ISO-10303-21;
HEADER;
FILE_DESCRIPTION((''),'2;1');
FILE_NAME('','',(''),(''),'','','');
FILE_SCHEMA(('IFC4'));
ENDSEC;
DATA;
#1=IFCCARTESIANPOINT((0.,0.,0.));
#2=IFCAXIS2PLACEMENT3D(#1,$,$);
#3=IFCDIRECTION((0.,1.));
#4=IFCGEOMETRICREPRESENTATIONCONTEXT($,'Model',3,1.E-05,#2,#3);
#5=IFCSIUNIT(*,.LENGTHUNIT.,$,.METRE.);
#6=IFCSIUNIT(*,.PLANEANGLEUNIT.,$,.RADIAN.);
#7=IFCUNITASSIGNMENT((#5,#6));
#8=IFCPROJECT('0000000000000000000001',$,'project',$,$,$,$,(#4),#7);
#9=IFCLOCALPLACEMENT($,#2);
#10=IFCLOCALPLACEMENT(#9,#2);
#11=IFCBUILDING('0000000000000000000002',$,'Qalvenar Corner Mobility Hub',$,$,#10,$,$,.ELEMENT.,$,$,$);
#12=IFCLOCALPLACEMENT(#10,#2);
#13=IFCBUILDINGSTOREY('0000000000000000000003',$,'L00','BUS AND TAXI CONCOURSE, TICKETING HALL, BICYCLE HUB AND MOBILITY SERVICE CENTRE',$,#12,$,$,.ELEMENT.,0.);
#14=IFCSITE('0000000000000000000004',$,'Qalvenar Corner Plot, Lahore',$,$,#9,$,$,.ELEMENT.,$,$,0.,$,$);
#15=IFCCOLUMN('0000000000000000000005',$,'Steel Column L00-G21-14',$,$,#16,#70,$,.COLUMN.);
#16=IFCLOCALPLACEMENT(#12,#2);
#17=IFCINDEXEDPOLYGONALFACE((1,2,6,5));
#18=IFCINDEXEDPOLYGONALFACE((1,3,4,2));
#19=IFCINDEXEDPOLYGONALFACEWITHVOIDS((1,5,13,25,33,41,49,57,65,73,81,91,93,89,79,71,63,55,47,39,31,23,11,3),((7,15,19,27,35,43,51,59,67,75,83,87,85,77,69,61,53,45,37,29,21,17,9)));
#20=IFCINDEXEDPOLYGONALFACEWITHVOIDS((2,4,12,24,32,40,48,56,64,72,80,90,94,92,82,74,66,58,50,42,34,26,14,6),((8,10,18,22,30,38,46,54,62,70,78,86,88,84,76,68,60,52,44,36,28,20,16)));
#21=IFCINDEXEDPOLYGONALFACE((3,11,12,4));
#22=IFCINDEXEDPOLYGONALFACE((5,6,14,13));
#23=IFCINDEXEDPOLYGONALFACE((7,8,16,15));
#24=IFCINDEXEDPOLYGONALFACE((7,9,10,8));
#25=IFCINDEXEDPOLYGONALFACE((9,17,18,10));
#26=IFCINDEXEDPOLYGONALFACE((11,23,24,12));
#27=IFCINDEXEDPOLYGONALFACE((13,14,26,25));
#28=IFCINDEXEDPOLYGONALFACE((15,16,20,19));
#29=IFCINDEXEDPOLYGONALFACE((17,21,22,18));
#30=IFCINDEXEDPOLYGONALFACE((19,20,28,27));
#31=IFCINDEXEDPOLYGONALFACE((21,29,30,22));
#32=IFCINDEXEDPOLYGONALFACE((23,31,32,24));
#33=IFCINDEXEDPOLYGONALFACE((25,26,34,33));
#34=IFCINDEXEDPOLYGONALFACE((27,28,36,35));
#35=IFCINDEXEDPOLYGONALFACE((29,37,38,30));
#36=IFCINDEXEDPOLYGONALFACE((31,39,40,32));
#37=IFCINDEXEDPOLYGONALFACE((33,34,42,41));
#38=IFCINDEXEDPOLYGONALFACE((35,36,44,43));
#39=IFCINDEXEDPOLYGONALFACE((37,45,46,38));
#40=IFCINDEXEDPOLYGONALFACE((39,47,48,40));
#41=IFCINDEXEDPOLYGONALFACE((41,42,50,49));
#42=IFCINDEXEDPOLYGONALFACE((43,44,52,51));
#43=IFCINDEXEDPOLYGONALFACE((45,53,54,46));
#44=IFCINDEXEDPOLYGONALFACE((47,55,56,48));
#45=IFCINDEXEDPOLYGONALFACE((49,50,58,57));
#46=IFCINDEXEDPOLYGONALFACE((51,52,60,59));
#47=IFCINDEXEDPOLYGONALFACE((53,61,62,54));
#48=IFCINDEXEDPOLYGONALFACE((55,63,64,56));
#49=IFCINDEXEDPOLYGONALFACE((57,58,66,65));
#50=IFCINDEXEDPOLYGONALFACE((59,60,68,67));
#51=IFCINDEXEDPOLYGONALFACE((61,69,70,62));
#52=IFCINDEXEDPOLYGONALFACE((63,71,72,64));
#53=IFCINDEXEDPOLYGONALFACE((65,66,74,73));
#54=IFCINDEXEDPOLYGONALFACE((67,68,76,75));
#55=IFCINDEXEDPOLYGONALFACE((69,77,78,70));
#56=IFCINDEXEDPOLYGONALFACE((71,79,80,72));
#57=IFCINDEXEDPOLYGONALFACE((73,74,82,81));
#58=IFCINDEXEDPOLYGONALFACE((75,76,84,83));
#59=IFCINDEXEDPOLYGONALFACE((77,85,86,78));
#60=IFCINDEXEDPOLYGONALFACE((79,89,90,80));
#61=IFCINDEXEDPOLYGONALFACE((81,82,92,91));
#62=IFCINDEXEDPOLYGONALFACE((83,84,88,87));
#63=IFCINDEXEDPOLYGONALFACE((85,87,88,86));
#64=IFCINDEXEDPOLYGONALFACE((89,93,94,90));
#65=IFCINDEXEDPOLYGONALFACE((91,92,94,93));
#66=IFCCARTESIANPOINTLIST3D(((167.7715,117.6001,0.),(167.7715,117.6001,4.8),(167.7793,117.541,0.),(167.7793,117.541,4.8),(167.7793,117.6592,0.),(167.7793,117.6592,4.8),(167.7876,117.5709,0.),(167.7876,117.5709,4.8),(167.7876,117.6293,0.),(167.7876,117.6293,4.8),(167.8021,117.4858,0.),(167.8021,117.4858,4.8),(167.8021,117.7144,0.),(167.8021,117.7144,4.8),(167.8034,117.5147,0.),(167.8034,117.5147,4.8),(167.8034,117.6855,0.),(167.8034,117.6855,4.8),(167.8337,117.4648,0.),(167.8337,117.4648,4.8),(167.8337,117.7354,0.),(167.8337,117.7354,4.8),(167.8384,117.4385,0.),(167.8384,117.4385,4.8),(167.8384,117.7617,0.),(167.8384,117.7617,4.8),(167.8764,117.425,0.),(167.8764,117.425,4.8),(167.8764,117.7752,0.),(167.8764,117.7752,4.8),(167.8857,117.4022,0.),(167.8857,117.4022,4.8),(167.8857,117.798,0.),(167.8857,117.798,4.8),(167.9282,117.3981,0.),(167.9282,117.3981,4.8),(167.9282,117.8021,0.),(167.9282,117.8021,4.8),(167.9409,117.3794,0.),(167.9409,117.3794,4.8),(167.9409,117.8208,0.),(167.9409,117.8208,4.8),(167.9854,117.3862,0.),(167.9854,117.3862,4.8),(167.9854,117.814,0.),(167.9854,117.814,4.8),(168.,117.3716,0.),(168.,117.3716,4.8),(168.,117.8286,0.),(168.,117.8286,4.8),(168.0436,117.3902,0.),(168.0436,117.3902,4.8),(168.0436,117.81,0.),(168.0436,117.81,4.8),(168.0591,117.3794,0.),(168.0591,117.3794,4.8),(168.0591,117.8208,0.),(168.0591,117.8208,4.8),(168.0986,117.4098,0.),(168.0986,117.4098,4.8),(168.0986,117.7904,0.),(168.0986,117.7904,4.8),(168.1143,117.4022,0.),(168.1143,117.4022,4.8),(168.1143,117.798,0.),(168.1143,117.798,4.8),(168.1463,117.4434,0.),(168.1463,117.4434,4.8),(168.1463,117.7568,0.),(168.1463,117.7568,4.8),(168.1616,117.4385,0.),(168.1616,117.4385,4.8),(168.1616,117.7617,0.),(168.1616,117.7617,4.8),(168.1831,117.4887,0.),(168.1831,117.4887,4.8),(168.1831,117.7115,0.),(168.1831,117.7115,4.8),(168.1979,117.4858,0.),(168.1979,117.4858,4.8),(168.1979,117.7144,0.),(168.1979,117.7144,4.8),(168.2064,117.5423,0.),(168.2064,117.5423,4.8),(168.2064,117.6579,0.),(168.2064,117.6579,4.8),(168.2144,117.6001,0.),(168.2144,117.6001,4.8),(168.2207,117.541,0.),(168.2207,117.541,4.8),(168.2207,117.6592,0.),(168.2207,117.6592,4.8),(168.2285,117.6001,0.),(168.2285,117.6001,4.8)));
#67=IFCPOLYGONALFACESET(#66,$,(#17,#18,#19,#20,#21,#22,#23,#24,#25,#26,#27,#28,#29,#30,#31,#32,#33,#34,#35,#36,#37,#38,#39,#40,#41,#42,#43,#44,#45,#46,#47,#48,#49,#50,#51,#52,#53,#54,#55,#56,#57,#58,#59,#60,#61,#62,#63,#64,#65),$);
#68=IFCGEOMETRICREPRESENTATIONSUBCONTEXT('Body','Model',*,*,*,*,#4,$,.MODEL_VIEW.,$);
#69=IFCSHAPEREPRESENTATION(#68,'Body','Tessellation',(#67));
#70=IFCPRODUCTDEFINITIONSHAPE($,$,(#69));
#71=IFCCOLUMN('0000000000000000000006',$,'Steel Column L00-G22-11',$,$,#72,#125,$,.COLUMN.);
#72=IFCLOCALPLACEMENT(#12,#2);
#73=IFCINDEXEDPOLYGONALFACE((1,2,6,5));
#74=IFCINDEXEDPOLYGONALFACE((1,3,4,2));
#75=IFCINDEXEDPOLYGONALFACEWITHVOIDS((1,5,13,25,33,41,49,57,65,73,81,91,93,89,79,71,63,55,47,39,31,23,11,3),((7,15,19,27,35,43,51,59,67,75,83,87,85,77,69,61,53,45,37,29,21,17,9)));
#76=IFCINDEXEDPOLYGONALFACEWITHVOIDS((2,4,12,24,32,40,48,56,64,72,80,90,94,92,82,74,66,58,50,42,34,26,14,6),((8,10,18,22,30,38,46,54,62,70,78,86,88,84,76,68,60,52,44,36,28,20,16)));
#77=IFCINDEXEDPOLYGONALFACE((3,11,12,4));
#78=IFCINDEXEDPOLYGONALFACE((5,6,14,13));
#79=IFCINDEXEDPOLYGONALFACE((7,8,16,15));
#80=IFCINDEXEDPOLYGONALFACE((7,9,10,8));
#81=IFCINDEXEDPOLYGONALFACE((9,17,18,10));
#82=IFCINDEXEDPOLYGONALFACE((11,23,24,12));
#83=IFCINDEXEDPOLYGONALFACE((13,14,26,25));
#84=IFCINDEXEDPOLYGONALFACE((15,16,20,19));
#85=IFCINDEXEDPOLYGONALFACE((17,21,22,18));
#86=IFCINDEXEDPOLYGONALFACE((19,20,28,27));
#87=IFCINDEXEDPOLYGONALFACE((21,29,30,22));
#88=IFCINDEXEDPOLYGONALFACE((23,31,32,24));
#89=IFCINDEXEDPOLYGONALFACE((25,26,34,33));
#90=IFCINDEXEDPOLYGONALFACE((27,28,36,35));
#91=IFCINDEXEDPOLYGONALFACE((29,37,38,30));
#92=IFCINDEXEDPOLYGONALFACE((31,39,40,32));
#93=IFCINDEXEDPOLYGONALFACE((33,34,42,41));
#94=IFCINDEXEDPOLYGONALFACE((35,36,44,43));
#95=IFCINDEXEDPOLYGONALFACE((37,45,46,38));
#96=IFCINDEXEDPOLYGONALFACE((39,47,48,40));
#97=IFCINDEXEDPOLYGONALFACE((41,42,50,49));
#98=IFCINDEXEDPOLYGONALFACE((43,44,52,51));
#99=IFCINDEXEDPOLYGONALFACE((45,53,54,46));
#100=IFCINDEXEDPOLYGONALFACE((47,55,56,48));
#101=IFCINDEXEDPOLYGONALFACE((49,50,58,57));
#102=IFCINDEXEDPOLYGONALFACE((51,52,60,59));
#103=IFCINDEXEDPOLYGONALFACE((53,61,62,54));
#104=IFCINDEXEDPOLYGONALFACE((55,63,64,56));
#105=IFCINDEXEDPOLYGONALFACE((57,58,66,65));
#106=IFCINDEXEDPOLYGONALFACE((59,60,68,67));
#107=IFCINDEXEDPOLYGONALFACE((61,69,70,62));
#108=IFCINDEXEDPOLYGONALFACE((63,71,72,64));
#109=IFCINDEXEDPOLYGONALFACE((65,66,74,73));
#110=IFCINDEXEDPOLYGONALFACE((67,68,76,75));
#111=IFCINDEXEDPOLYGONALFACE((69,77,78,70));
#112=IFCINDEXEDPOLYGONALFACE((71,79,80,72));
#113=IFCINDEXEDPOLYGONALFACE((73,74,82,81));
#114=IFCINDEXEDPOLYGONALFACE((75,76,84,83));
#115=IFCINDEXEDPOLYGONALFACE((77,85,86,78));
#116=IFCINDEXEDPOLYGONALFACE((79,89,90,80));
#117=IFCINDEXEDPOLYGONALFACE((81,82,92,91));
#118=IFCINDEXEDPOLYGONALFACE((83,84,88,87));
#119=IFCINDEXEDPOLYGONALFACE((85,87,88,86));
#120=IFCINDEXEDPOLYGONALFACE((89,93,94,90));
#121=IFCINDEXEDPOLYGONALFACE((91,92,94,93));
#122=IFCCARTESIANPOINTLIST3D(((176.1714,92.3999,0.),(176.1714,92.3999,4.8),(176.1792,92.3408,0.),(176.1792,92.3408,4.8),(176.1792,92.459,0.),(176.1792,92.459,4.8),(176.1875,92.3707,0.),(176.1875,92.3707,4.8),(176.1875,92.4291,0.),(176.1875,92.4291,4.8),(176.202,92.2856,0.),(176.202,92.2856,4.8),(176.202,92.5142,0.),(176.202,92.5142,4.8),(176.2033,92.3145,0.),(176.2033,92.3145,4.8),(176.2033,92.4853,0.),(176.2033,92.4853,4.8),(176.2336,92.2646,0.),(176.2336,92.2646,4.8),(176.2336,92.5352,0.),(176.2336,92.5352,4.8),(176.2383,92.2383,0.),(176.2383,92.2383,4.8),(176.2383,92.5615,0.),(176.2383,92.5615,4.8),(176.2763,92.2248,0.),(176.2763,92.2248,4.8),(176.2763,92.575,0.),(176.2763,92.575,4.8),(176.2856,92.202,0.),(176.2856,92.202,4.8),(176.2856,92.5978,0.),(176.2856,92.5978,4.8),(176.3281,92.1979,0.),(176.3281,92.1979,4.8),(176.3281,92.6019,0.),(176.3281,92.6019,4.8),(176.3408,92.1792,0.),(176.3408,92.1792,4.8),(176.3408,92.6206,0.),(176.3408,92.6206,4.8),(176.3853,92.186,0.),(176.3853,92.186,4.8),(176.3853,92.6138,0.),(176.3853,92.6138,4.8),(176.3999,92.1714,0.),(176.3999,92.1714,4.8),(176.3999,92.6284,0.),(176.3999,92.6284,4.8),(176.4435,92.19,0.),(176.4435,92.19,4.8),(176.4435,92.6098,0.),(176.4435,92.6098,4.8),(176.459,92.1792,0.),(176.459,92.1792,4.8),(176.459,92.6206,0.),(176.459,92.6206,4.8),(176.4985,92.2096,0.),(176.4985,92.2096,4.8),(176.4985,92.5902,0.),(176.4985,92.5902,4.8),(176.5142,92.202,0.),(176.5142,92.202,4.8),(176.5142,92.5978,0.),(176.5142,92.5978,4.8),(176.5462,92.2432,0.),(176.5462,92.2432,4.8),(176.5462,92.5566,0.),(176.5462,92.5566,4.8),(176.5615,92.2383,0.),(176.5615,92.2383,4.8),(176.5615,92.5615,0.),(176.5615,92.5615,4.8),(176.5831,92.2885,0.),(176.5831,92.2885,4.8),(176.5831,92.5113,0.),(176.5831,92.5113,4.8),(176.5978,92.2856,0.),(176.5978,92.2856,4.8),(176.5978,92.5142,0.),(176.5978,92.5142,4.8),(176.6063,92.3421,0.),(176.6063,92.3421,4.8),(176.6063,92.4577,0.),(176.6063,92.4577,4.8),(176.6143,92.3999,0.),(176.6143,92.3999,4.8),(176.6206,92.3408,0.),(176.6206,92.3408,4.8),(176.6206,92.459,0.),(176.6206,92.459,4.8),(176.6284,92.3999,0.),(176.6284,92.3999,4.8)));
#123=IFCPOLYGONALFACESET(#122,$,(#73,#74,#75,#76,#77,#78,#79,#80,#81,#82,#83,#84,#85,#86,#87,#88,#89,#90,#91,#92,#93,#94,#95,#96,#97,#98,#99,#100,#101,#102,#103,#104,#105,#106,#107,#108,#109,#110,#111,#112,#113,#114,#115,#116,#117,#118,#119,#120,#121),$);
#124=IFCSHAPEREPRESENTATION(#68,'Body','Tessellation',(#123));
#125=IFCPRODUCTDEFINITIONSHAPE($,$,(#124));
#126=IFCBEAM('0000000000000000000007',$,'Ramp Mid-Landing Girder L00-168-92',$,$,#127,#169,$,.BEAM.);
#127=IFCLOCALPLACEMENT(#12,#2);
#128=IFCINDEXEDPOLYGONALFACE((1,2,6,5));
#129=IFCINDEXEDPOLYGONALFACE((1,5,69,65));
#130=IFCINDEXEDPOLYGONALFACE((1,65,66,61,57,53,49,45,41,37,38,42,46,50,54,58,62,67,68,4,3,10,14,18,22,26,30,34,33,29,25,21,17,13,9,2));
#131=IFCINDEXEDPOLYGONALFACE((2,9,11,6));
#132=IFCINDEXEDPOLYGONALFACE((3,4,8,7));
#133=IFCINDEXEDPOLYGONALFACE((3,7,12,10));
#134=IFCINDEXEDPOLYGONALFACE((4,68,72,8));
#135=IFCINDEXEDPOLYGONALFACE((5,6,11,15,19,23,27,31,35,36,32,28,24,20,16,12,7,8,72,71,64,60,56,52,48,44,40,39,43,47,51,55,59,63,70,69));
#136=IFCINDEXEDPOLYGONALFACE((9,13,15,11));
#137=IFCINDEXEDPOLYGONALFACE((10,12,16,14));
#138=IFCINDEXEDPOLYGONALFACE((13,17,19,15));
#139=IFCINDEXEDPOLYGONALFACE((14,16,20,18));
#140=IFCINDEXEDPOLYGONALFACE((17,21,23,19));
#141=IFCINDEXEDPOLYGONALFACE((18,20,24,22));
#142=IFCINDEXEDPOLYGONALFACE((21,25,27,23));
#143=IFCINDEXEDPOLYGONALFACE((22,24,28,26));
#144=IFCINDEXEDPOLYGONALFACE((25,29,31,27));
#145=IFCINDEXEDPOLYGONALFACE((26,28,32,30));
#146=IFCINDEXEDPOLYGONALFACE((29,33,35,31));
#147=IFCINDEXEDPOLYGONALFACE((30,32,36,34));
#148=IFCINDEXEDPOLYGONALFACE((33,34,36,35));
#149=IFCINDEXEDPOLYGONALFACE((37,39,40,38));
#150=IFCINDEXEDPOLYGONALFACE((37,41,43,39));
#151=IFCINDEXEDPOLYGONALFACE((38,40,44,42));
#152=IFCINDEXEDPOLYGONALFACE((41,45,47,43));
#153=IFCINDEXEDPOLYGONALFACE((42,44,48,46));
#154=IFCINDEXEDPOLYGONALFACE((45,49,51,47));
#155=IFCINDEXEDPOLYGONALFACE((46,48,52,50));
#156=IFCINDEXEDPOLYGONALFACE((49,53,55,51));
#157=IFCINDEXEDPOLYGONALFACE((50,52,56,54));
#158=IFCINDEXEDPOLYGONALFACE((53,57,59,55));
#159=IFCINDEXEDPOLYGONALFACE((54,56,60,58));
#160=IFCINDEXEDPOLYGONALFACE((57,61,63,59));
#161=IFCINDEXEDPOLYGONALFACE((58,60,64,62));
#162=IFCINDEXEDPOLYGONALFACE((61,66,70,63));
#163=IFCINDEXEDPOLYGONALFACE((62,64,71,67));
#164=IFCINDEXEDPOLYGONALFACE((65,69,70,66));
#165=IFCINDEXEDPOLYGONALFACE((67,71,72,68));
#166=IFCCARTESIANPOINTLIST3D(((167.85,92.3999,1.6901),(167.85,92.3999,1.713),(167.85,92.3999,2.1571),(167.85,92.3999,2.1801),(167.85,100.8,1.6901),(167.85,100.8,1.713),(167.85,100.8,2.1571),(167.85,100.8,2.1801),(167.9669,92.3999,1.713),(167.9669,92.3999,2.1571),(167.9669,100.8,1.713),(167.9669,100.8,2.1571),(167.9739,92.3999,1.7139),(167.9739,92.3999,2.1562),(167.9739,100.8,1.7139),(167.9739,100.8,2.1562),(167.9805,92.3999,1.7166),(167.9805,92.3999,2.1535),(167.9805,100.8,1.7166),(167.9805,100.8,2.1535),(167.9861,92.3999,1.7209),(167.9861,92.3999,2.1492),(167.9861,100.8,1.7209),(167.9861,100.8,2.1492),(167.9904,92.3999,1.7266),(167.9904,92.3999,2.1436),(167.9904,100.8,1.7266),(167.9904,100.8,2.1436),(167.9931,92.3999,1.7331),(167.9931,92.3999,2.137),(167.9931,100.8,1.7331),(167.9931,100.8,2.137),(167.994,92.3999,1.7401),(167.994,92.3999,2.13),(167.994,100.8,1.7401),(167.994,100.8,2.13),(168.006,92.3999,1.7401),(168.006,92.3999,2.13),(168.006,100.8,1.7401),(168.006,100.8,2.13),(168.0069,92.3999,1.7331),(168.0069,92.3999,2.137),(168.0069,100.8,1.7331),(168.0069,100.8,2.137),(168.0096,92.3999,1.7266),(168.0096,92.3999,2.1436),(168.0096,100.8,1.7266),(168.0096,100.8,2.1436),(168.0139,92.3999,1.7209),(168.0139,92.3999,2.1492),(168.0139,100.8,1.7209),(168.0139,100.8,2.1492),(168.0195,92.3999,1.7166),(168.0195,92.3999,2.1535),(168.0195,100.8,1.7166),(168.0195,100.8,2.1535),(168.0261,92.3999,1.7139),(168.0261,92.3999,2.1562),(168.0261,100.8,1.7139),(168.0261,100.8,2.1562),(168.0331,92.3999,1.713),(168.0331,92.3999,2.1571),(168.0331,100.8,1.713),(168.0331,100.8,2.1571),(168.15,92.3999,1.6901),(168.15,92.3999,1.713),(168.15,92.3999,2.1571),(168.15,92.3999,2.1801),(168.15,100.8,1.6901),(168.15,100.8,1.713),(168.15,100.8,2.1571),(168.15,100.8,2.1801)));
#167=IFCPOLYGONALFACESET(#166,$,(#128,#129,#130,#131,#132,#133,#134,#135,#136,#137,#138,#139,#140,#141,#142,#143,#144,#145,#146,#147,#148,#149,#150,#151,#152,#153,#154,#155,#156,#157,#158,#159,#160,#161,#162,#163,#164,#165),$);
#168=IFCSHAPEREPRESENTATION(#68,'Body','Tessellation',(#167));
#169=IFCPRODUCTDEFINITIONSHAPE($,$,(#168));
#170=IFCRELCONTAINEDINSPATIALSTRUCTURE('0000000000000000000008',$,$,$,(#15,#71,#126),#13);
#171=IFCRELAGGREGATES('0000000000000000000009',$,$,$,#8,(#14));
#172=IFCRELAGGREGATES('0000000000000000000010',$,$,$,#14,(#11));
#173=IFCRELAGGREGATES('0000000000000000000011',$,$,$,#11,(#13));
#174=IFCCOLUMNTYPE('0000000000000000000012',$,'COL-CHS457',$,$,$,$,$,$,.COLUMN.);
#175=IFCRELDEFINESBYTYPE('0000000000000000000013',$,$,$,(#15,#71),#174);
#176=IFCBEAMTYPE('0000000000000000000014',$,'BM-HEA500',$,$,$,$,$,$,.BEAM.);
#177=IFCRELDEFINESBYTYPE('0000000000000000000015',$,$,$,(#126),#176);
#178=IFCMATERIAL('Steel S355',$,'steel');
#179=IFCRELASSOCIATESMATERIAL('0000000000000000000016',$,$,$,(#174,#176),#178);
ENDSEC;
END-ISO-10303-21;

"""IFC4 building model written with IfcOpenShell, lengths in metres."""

from ifc_helpers import new_model, si_unit, direction, frame, origin, origin_2d, place, context, subcontext, project, spatial, hollow_circle, i_section, extrude, material, material_profile, profile_set, type_object, element, save


model = new_model("IFC4")

# Units and contexts
model_context = context("Model", 3, precision=1e-05, world=origin(), true_north=direction((0.0, 1.0)))
body_context = subcontext(model_context, "Body", "Model", "MODEL_VIEW")
ifc_project = project(units=[si_unit("LENGTHUNIT", "METRE"), si_unit("PLANEANGLEUNIT", "RADIAN")], contexts=[model_context])

# Site, building, storey
site_placement = place(None, origin())
site = spatial("IfcSite", under=ifc_project, at=site_placement, Name="Qalvenar Corner Plot, Lahore", CompositionType="ELEMENT", RefElevation=0.0)
building_placement = place(site_placement, origin())
building = spatial("IfcBuilding", under=site, at=building_placement, Name="Qalvenar Corner Mobility Hub", CompositionType="ELEMENT")
storey_placement = place(building_placement, origin())
storey = spatial("IfcBuildingStorey", under=building, at=storey_placement, Name="L00", Description="BUS AND TAXI CONCOURSE, TICKETING HALL, BICYCLE HUB AND MOBILITY SERVICE CENTRE", CompositionType="ELEMENT", Elevation=0.0)

# Columns
ifc_material_1 = material(Name="Steel S355", Category="steel")
ifc_material_profile_1 = material_profile(ifc_material_1, hollow_circle(Radius=0.2285, WallThickness=0.0142, at=origin_2d()), Name="CHS457x14.2")
ifc_profile_set_1 = profile_set([ifc_material_profile_1], Name="Steel S355")
column_type = type_object("IfcColumnType", Name="COL-CHS457", PredefinedType="COLUMN", material=ifc_profile_set_1)
for number, where, z_axis, x_axis, name in (
    (1, (168.0, 117.6001, 0.0), (0.0, 0.0, 1.0), (1.0, 0.0, 0.0), "Steel Column L00-G21-14"),
    (2, (176.3999, 92.3999, 0.0), (0.0, 0.0, 1.0), (1.0, 0.0, 0.0), "Steel Column L00-G22-11"),
):
    element("IfcColumn", number, at=place(storey_placement, frame(where, z_axis=z_axis, x_axis=x_axis)), inside=storey, type_object=column_type, Name=name, PredefinedType="COLUMN", context=body_context, shape_type="SweptSolid", body=[
        extrude(hollow_circle(Radius=0.2285, WallThickness=0.0142, at=origin_2d()), origin(), (0.0, 0.0, 1.0), 4.8),
    ])

# Beam
ifc_material_profile_2 = material_profile(ifc_material_1, i_section(OverallWidth=0.3, OverallDepth=0.49, WebThickness=0.012, FlangeThickness=0.0229, FilletRadius=0.0271, at=origin_2d()), Name="HEA500")
ifc_profile_set_2 = profile_set([ifc_material_profile_2], Name="Steel S355")
beam_type_1 = type_object("IfcBeamType", Name="BM-HEA500", PredefinedType="BEAM", material=ifc_profile_set_2)
beam_1_placement = place(storey_placement, frame((168.0, 92.3999, 1.9351), z_axis=(0.0, 1.0, 0.0), x_axis=(-1.0, 0.0, 0.0)))
element("IfcBeam", 3, at=beam_1_placement, inside=storey, type_object=beam_type_1, Name="Ramp Mid-Landing Girder L00-168-92", PredefinedType="BEAM", context=body_context, shape_type="SweptSolid", body=[
    extrude(i_section(OverallWidth=0.3, OverallDepth=0.49, WebThickness=0.012, FlangeThickness=0.0229, FilletRadius=0.0271, at=origin_2d()), origin(), (0.0, 0.0, 1.0), 8.4001),
])

save(model, "model.ifc")
